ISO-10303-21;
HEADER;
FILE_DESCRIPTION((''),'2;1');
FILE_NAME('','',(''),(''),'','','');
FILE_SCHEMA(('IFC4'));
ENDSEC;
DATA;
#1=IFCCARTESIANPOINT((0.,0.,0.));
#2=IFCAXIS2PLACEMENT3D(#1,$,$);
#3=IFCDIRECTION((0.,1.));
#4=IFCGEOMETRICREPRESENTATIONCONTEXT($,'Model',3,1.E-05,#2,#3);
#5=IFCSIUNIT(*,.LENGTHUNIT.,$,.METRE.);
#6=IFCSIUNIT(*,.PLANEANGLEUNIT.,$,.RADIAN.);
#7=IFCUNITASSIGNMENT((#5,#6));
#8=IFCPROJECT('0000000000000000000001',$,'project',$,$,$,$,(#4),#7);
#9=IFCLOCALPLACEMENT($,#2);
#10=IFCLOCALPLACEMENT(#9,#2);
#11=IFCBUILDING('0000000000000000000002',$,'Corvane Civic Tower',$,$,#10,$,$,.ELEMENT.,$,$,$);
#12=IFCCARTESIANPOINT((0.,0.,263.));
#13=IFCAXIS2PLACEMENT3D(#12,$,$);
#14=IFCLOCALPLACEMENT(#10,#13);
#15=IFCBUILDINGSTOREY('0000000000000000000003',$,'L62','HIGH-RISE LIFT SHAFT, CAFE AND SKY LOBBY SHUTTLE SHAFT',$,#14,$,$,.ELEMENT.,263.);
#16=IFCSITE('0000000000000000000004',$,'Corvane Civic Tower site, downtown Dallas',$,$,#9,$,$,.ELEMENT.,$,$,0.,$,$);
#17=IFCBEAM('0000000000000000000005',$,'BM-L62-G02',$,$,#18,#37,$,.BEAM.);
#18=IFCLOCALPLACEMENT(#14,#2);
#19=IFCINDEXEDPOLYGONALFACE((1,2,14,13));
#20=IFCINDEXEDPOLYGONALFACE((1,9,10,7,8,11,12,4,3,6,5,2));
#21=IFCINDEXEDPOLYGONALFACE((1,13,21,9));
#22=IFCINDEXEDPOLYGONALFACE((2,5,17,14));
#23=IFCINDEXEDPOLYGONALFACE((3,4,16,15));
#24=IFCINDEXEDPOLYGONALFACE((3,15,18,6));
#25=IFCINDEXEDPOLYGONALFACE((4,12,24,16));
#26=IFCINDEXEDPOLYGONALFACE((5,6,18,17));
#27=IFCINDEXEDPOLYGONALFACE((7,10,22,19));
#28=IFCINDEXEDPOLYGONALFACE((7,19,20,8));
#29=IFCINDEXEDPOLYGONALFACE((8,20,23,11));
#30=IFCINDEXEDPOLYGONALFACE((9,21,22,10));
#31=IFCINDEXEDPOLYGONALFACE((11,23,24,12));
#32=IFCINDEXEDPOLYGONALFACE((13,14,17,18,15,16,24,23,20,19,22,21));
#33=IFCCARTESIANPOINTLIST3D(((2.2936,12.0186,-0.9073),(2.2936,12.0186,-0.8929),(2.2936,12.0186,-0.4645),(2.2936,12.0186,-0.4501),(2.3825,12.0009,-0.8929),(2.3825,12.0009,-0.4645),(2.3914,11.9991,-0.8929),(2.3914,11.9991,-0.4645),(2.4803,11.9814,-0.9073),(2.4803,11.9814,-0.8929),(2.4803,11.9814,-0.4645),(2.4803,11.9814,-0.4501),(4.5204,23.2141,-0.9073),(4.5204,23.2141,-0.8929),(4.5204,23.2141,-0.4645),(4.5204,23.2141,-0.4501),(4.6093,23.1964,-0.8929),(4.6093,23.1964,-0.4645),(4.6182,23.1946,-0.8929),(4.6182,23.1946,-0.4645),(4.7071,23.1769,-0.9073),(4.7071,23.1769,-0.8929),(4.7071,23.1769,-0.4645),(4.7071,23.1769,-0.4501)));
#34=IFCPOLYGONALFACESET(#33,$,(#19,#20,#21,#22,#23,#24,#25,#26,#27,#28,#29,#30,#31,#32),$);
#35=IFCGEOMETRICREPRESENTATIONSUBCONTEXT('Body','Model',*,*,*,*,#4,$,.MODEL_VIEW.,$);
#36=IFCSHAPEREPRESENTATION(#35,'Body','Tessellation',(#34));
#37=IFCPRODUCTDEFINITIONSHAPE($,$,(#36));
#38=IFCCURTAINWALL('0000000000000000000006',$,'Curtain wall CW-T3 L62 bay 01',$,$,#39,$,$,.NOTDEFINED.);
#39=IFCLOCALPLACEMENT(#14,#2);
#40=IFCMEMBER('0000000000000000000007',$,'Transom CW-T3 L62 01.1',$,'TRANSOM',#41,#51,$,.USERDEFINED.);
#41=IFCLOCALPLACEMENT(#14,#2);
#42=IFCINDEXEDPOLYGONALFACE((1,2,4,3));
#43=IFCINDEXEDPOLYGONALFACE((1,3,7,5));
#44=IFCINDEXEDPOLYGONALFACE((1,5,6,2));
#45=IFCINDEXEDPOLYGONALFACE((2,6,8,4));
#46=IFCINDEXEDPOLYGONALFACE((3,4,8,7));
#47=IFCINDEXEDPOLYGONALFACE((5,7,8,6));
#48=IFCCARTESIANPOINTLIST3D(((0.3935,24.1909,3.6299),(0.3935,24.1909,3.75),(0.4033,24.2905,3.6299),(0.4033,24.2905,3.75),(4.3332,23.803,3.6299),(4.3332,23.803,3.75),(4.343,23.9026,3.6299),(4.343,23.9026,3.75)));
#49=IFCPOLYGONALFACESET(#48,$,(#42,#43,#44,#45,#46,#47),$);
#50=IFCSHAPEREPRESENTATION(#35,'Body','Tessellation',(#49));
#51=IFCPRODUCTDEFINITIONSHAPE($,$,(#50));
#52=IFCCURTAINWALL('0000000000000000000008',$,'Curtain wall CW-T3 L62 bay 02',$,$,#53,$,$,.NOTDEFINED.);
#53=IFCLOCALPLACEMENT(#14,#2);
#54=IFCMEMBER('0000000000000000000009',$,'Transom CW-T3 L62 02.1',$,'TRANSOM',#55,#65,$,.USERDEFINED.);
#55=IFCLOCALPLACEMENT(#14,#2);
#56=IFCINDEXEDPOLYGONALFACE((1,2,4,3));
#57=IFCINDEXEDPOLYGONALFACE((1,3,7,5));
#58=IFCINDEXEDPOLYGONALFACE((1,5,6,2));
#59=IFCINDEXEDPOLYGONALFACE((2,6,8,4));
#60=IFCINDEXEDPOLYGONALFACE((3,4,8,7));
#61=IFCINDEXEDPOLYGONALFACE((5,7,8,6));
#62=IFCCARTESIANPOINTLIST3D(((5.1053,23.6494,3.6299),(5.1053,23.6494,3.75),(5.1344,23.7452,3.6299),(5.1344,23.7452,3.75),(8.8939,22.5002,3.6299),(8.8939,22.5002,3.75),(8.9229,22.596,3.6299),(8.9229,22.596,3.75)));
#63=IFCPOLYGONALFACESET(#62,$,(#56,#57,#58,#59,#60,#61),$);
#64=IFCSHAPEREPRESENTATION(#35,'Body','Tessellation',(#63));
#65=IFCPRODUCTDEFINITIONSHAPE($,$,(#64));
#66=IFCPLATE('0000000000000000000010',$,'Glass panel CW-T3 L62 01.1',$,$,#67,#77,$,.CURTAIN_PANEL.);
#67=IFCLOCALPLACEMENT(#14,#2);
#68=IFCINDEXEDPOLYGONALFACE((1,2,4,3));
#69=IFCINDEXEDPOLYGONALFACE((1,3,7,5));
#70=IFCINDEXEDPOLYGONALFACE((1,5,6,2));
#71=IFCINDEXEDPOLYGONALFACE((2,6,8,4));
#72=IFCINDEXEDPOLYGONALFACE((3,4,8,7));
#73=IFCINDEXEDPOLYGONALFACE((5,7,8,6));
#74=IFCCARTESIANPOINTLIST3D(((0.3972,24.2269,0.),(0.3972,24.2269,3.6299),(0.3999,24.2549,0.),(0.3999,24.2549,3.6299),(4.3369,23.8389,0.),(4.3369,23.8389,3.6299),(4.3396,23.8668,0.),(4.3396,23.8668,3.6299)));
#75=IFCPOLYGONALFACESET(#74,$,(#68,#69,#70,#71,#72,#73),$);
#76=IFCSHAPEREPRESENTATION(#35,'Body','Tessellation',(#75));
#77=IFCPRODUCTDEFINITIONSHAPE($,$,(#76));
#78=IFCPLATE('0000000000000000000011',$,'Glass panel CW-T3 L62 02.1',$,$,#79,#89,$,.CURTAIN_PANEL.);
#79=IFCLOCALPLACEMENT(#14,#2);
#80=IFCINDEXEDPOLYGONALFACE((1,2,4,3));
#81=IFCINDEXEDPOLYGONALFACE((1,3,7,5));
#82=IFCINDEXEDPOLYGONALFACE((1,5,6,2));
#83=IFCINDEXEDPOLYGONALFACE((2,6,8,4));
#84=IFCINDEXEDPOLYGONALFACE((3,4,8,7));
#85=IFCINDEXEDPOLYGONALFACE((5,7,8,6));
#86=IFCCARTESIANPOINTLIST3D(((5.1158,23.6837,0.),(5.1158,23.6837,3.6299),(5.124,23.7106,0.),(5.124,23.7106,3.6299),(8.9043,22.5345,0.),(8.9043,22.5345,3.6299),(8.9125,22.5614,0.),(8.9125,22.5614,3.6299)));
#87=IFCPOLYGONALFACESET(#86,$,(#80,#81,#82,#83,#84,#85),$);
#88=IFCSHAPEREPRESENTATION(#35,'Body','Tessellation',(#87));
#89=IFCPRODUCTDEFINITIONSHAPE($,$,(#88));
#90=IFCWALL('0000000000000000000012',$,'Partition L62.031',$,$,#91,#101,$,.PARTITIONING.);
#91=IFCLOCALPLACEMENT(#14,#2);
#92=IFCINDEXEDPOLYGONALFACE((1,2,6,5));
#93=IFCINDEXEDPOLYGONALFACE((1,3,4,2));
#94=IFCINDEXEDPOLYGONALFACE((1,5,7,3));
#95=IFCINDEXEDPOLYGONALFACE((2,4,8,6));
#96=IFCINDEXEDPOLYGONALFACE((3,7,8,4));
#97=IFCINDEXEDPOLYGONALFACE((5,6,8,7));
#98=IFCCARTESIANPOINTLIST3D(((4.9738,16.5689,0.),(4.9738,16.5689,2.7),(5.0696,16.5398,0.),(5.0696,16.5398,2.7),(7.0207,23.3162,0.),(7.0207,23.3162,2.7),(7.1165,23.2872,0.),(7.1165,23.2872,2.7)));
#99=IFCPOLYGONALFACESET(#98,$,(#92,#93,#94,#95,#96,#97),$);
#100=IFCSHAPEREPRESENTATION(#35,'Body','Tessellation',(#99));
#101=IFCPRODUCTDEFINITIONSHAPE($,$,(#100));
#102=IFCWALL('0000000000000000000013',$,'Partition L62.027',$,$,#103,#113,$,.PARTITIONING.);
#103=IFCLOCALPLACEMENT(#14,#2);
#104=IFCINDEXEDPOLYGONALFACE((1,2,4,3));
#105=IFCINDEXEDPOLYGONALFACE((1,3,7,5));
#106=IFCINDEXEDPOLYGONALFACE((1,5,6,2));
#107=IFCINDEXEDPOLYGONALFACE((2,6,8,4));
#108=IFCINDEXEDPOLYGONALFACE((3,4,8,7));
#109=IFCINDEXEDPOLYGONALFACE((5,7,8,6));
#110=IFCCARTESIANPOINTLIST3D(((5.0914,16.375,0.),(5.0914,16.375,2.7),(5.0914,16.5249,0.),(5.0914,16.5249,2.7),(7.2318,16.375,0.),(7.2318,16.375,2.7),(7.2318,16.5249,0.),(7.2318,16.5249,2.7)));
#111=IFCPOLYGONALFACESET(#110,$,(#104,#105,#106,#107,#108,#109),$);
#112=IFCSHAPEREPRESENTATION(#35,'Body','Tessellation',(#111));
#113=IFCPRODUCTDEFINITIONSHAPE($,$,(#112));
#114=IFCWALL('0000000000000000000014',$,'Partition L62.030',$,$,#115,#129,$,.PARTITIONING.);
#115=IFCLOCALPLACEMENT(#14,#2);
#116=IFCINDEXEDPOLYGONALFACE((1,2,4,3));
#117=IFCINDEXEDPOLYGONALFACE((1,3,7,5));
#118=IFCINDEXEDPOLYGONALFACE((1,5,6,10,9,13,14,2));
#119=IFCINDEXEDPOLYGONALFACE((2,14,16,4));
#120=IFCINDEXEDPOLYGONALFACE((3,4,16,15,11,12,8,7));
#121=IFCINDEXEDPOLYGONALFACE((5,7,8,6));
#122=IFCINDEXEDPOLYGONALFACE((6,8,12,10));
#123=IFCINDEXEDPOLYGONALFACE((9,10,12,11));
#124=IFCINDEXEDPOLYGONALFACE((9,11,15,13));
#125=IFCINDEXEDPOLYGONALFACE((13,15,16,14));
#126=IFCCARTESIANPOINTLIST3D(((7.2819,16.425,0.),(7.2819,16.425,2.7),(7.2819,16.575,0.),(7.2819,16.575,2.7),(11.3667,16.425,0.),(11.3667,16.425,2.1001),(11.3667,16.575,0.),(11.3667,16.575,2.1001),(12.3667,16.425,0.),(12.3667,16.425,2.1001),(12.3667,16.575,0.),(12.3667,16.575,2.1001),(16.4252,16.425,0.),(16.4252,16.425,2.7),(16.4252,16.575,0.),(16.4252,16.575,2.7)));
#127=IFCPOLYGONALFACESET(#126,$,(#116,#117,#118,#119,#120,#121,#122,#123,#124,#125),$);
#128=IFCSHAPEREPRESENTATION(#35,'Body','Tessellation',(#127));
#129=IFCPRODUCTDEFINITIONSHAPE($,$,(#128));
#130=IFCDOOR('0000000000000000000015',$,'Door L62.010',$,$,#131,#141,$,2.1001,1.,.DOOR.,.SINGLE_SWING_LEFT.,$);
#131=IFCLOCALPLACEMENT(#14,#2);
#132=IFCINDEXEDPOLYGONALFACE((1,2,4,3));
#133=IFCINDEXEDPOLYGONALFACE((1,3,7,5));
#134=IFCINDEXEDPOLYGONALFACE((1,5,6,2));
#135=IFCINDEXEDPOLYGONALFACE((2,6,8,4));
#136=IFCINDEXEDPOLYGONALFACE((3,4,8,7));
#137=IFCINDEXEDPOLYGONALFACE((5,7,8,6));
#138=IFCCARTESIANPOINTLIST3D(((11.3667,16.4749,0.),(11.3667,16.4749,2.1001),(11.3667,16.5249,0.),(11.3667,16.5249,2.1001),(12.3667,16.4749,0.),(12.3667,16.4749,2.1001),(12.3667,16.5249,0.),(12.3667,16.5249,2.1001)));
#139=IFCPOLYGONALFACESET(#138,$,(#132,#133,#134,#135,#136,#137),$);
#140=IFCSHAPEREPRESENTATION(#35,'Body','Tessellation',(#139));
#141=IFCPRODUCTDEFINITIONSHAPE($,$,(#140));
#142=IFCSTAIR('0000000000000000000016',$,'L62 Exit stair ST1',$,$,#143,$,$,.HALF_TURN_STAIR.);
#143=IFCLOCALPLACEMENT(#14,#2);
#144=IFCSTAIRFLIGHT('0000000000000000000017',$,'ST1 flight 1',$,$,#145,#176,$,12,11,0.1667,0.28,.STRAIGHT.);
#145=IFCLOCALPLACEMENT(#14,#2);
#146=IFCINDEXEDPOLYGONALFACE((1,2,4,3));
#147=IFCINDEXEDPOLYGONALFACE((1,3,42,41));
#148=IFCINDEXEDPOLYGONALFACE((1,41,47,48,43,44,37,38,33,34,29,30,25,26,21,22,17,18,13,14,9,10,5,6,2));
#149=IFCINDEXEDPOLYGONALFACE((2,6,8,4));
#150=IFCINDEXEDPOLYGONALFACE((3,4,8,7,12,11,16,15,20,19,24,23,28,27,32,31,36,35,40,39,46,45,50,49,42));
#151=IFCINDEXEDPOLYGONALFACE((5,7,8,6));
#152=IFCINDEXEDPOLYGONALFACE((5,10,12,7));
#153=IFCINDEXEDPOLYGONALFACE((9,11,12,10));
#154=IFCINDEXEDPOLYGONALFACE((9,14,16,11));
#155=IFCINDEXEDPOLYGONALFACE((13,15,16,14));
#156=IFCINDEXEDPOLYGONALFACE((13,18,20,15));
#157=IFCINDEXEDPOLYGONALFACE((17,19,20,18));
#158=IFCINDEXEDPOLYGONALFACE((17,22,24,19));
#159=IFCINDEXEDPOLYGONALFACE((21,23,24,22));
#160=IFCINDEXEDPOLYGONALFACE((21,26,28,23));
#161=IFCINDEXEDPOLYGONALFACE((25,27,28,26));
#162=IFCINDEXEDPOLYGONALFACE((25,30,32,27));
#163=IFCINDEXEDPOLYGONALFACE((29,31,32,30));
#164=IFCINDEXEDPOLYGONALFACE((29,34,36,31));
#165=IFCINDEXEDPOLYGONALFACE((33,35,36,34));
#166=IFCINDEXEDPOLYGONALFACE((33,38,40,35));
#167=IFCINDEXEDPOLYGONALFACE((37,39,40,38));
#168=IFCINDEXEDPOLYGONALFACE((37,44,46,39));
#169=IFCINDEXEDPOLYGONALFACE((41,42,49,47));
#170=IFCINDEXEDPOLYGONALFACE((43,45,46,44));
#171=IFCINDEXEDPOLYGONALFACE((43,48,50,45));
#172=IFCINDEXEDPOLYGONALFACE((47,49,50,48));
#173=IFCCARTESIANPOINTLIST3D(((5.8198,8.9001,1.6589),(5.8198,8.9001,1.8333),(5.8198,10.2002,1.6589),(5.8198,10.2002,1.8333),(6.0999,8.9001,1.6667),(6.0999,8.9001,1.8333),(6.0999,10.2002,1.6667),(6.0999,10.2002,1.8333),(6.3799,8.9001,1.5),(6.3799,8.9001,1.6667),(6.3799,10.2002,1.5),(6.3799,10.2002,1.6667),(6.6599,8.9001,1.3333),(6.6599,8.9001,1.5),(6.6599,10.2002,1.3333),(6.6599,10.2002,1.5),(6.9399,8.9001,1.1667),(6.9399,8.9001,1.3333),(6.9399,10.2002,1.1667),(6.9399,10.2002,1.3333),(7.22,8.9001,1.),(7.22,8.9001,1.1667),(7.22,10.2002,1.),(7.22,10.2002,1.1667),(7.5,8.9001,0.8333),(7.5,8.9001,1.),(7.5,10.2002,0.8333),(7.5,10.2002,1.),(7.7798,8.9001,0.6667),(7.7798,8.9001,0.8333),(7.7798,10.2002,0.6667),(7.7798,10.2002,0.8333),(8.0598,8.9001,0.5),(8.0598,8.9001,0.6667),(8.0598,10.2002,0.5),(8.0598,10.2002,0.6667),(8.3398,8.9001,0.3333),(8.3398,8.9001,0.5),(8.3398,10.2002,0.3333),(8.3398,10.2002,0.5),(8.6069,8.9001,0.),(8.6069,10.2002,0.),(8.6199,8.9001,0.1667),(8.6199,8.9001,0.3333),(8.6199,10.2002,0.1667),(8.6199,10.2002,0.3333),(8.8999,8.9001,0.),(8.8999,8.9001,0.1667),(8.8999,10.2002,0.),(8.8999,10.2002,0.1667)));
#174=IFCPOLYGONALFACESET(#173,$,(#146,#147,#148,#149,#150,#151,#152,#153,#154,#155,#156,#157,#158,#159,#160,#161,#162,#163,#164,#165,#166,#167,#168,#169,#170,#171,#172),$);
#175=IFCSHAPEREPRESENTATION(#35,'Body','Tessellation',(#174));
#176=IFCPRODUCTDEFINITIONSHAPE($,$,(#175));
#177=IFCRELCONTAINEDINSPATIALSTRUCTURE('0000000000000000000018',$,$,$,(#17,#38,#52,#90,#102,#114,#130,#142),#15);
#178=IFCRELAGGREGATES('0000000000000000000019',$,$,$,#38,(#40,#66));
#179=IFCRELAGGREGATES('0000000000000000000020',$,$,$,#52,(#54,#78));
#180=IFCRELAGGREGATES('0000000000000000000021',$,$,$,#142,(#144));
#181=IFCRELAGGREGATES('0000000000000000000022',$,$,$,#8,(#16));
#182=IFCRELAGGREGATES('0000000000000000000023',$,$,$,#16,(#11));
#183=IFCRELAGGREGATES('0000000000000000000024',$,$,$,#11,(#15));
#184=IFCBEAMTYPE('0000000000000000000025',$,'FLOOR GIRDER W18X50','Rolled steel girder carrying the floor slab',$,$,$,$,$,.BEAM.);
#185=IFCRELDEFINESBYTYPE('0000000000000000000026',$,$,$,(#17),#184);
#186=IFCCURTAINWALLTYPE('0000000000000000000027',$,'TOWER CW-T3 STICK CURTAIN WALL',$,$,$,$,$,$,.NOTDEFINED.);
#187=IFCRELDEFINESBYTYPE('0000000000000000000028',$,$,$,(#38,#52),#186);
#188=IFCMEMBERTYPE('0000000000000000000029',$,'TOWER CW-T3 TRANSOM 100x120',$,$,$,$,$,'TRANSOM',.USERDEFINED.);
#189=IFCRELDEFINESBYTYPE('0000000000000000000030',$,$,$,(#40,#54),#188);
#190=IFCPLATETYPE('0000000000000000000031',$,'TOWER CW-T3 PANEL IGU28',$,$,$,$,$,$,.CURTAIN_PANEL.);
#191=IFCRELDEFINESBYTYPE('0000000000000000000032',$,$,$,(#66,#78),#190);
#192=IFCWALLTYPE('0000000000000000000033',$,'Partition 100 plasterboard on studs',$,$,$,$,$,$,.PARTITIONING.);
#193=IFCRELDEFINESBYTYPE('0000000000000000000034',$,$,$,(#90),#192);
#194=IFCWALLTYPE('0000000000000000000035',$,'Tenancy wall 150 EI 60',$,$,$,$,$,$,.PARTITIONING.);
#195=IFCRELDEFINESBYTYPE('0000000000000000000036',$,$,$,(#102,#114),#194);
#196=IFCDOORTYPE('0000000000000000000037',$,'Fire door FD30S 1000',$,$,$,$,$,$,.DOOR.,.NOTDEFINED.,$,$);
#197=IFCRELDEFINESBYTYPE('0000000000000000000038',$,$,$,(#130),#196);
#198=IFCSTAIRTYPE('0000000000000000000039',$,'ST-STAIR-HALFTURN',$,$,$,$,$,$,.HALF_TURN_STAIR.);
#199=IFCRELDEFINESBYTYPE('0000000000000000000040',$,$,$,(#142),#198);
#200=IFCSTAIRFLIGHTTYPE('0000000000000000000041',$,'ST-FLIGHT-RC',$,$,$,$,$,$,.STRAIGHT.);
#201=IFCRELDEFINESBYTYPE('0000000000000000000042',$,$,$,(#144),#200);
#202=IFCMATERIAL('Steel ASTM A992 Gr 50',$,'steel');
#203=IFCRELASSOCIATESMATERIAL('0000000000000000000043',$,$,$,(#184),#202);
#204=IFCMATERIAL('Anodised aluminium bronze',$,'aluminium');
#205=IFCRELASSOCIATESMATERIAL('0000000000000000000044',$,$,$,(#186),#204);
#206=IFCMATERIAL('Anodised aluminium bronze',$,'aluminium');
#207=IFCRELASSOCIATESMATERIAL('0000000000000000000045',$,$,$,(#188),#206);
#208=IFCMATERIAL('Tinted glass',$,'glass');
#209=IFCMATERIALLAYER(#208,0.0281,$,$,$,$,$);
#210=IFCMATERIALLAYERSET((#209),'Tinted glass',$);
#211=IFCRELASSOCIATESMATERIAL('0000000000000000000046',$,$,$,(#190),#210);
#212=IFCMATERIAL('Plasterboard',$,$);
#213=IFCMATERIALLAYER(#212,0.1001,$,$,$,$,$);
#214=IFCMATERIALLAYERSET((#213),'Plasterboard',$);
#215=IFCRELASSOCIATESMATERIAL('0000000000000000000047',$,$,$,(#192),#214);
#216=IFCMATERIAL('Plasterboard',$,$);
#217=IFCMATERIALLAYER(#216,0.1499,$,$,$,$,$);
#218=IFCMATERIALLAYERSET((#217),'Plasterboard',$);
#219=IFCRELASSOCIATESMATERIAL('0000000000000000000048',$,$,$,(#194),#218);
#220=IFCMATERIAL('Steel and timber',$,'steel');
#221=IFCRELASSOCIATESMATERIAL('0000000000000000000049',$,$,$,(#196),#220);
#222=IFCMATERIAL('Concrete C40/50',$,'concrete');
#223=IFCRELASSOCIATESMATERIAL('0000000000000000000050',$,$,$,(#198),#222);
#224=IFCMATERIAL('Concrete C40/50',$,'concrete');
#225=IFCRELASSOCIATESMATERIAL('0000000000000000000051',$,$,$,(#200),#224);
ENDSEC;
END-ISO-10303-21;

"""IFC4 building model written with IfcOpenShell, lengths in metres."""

from ifc_helpers import new_model, si_unit, direction, frame, frame_2d, origin, origin_2d, place, context, subcontext, project, spatial, polyline, rectangle, i_section, outline, extrude, material, layer, layer_set, material_profile, profile_set, type_object, element, fill, aggregate, save


model = new_model("IFC4")

# Units and contexts
model_context = context("Model", 3, precision=1e-05, world=origin(), true_north=direction((0.0, 1.0)))
body_context = subcontext(model_context, "Body", "Model", "MODEL_VIEW")
ifc_project = project(units=[si_unit("LENGTHUNIT", "METRE"), si_unit("PLANEANGLEUNIT", "RADIAN")], contexts=[model_context])

# Site, building, storey
site_placement = place(None, origin())
site = spatial("IfcSite", under=ifc_project, at=site_placement, Name="Corvane Civic Tower site, downtown Dallas", CompositionType="ELEMENT", RefElevation=0.0)
building_placement = place(site_placement, origin())
building = spatial("IfcBuilding", under=site, at=building_placement, Name="Corvane Civic Tower", CompositionType="ELEMENT")
storey_placement = place(building_placement, frame((0.0, 0.0, 263.0)))
storey = spatial("IfcBuildingStorey", under=building, at=storey_placement, Name="L62", Description="HIGH-RISE LIFT SHAFT, CAFE AND SKY LOBBY SHUTTLE SHAFT", CompositionType="ELEMENT", Elevation=263.0)

# Beam
ifc_material_1 = material(Name="Steel ASTM A992 Gr 50", Category="steel")
ifc_material_profile_1 = material_profile(ifc_material_1, i_section(OverallWidth=0.1904, OverallDepth=0.4573, WebThickness=0.009, FlangeThickness=0.0144, at=origin_2d()), Name="W18X50")
ifc_profile_set_1 = profile_set([ifc_material_profile_1], Name="Steel ASTM A992 Gr 50")
beam_type_1 = type_object("IfcBeamType", Name="FLOOR GIRDER W18X50", Description="Rolled steel girder carrying the floor slab", PredefinedType="BEAM", material=ifc_profile_set_1)
beam_1_placement = place(storey_placement, frame((2.387, 12.0, -0.6787), z_axis=(0.19508, 0.980787, 0.0), x_axis=(-0.980787, 0.19508, 0.0)))
element("IfcBeam", 1, at=beam_1_placement, inside=storey, type_object=beam_type_1, Name="BM-L62-G02", PredefinedType="BEAM", context=body_context, shape_type="SweptSolid", body=[
    extrude(i_section(OverallWidth=0.1904, OverallDepth=0.4573, WebThickness=0.009, FlangeThickness=0.0144, at=origin_2d()), origin(), (0.0, 0.0, 1.0), 11.4148),
])

# Curtain walls, members
ifc_material_2 = material(Name="Anodised aluminium bronze", Category="aluminium")
curtain_wall_type = type_object("IfcCurtainWallType", Name="TOWER CW-T3 STICK CURTAIN WALL", PredefinedType="NOTDEFINED", material=ifc_material_2)
curtain_wall_1_placement = place(storey_placement, origin())
curtain_wall_1 = element("IfcCurtainWall", 2, at=curtain_wall_1_placement, inside=storey, type_object=curtain_wall_type, Name="Curtain wall CW-T3 L62 bay 01", PredefinedType="NOTDEFINED")
ifc_material_3 = material(Name="Anodised aluminium bronze", Category="aluminium")
ifc_material_profile_2 = material_profile(ifc_material_3, rectangle(XDim=0.1001, YDim=0.1201, at=origin_2d()), Name="TOWER CW-T3 TRANSOM 100x120")
ifc_profile_set_2 = profile_set([ifc_material_profile_2], Name="Anodised aluminium bronze")
member_type = type_object("IfcMemberType", Name="TOWER CW-T3 TRANSOM 100x120", ElementType="TRANSOM", PredefinedType="USERDEFINED", material=ifc_profile_set_2)
member_1_placement = place(storey_placement, frame((0.3984, 24.2407, 3.6899), z_axis=(0.995187, -0.097995, 0.0), x_axis=(0.097995, 0.995187, 0.0)))
member_1 = element("IfcMember", 3, at=member_1_placement, type_object=member_type, Name="Transom CW-T3 L62 01.1", ObjectType="TRANSOM", PredefinedType="USERDEFINED", context=body_context, shape_type="SweptSolid", body=[
    extrude(rectangle(XDim=0.1001, YDim=0.1201, at=origin_2d()), origin(), (0.0, 0.0, 1.0), 3.9587),
])
curtain_wall_2_placement = place(storey_placement, origin())
curtain_wall_2 = element("IfcCurtainWall", 4, at=curtain_wall_2_placement, inside=storey, type_object=curtain_wall_type, Name="Curtain wall CW-T3 L62 bay 02", PredefinedType="NOTDEFINED")
member_2_placement = place(storey_placement, frame((5.1199, 23.6973, 3.6899), z_axis=(0.956946, -0.290266, 0.0), x_axis=(0.290266, 0.956946, 0.0)))
member_2 = element("IfcMember", 5, at=member_2_placement, type_object=member_type, Name="Transom CW-T3 L62 02.1", ObjectType="TRANSOM", PredefinedType="USERDEFINED", context=body_context, shape_type="SweptSolid", body=[
    extrude(rectangle(XDim=0.1001, YDim=0.1201, at=origin_2d()), origin(), (0.0, 0.0, 1.0), 3.959),
])

# Plates
ifc_material_4 = material(Name="Tinted glass", Category="glass")
ifc_layer_1 = layer(ifc_material_4, 0.0281)
ifc_layer_set_1 = layer_set([ifc_layer_1], Name="Tinted glass")
plate_type = type_object("IfcPlateType", Name="TOWER CW-T3 PANEL IGU28", PredefinedType="CURTAIN_PANEL", material=ifc_layer_set_1)
plate_1_placement = place(storey_placement, frame((2.3684, 24.0469, 0.0), z_axis=(0.0, 0.0, 1.0), x_axis=(0.995184, -0.098021, 0.0)))
plate_1 = element("IfcPlate", 6, at=plate_1_placement, type_object=plate_type, Name="Glass panel CW-T3 L62 01.1", PredefinedType="CURTAIN_PANEL", context=body_context, shape_type="SweptSolid", body=[
    extrude(rectangle(XDim=3.9587, YDim=0.0281, at=origin_2d()), origin(), (0.0, 0.0, 1.0), 3.6299),
])
aggregate(curtain_wall_1, [member_1, plate_1])
plate_2_placement = place(storey_placement, frame((7.0142, 23.1226, 0.0), z_axis=(0.0, 0.0, 1.0), x_axis=(0.956944, -0.290274, 0.0)))
plate_2 = element("IfcPlate", 7, at=plate_2_placement, type_object=plate_type, Name="Glass panel CW-T3 L62 02.1", PredefinedType="CURTAIN_PANEL", context=body_context, shape_type="SweptSolid", body=[
    extrude(rectangle(XDim=3.959, YDim=0.0281, at=origin_2d()), origin(), (0.0, 0.0, 1.0), 3.6299),
])
aggregate(curtain_wall_2, [member_2, plate_2])

# Walls
ifc_material_5 = material(Name="Plasterboard")
ifc_layer_2 = layer(ifc_material_5, 0.1001)
ifc_layer_set_2 = layer_set([ifc_layer_2], Name="Plasterboard")
wall_type_1 = type_object("IfcWallType", Name="Partition 100 plasterboard on studs", PredefinedType="PARTITIONING", material=ifc_layer_set_2)
wall_1_placement = place(storey_placement, frame((5.0217, 16.5544, 0.0), z_axis=(0.0, 0.0, 1.0), x_axis=(0.290298, 0.956936, 0.0)))
element("IfcWall", 8, at=wall_1_placement, inside=storey, type_object=wall_type_1, Name="Partition L62.031", PredefinedType="PARTITIONING", context=body_context, shape_type="SweptSolid", body=[
    extrude(rectangle(XDim=7.051, YDim=0.1001, at=frame_2d((3.5254, 0.0))), origin(), (0.0, 0.0, 1.0), 2.7),
])
ifc_material_6 = material(Name="Plasterboard")
ifc_layer_3 = layer(ifc_material_6, 0.1499)
ifc_layer_set_3 = layer_set([ifc_layer_3], Name="Plasterboard")
wall_type_2 = type_object("IfcWallType", Name="Tenancy wall 150 EI 60", PredefinedType="PARTITIONING", material=ifc_layer_set_3)
wall_2_placement = place(storey_placement, frame((5.0913, 16.45, 0.0), z_axis=(0.0, 0.0, 1.0), x_axis=(1.0, 0.0, 0.0)))
element("IfcWall", 9, at=wall_2_placement, inside=storey, type_object=wall_type_2, Name="Partition L62.027", PredefinedType="PARTITIONING", context=body_context, shape_type="SweptSolid", body=[
    extrude(rectangle(XDim=2.1404, YDim=0.1499, at=frame_2d((1.0703, 0.0))), origin(), (0.0, 0.0, 1.0), 2.7),
])

# Wall, opening, door
wall_3_placement = place(storey_placement, frame((7.2817, 16.5, 0.0), z_axis=(0.0, 0.0, 1.0), x_axis=(1.0, 0.0, 0.0)))
wall_3 = element("IfcWall", 10, at=wall_3_placement, inside=storey, type_object=wall_type_2, Name="Partition L62.030", PredefinedType="PARTITIONING", context=body_context, shape_type="SweptSolid", body=[
    extrude(rectangle(XDim=9.1433, YDim=0.1499, at=frame_2d((4.5718, 0.0))), origin(), (0.0, 0.0, 1.0), 2.7),
])
opening_placement = place(wall_3_placement, frame((4.085, 0.0, 0.0)))
opening = element("IfcOpeningElement", 11, at=opening_placement, cuts=wall_3, PredefinedType="OPENING", context=body_context, shape_type="SweptSolid", body=[
    extrude(rectangle(XDim=1.0, YDim=2.1001, at=frame_2d((0.5, 1.05))), frame((0.0, 0.085, 0.0), z_axis=(0.0, -1.0, 0.0), x_axis=(1.0, 0.0, 0.0)), (0.0, 0.0, 1.0), 0.1699),
])
ifc_material_7 = material(Name="Steel and timber", Category="steel")
door_type = type_object("IfcDoorType", Name="Fire door FD30S 1000", OperationType="NOTDEFINED", PredefinedType="DOOR", material=ifc_material_7)
door_placement = place(opening_placement, origin())
door = element("IfcDoor", 12, at=door_placement, inside=storey, type_object=door_type, Name="Door L62.010", OperationType="SINGLE_SWING_LEFT", OverallHeight=2.1001, OverallWidth=1.0, PredefinedType="DOOR", context=body_context, shape_type="SweptSolid", body=[
    extrude(rectangle(XDim=1.0, YDim=2.1001, at=frame_2d((0.5, 1.05))), frame((0.0, 0.0249, 0.0), z_axis=(0.0, -1.0, 0.0), x_axis=(1.0, 0.0, 0.0)), (0.0, 0.0, 1.0), 0.05),
])
fill(opening, door)

# Stair, stair flight
ifc_material_8 = material(Name="Concrete C40/50", Category="concrete")
stair_type = type_object("IfcStairType", Name="ST-STAIR-HALFTURN", PredefinedType="HALF_TURN_STAIR", material=ifc_material_8)
stair_placement = place(storey_placement, origin())
stair = element("IfcStair", 13, at=stair_placement, inside=storey, type_object=stair_type, Name="L62 Exit stair ST1", PredefinedType="HALF_TURN_STAIR")
ifc_material_9 = material(Name="Concrete C40/50", Category="concrete")
stair_flight_type = type_object("IfcStairFlightType", Name="ST-FLIGHT-RC", PredefinedType="STRAIGHT", material=ifc_material_9)
stair_flight_1_placement = place(storey_placement, frame((8.8999, 9.55, 0.0), z_axis=(0.0, 0.0, 1.0), x_axis=(-1.0, 0.0, 0.0)))
stair_flight_1 = element("IfcStairFlight", 14, at=stair_flight_1_placement, type_object=stair_flight_type, Name="ST1 flight 1", NumberOfRisers=12, NumberOfTreads=11, PredefinedType="STRAIGHT", RiserHeight=0.1667, TreadLength=0.28, context=body_context, shape_type="SweptSolid", body=[
    extrude(outline(polyline([(0.0, 0.0), (0.0, 0.1667), (0.28, 0.1667), (0.28, 0.3333), (0.5601, 0.3333), (0.5601, 0.5), (0.8401, 0.5), (0.8401, 0.6667), (1.1201, 0.6667), (1.1201, 0.8333), (1.3999, 0.8333), (1.3999, 1.0), (1.6799, 1.0), (1.6799, 1.1667), (1.96, 1.1667), (1.96, 1.3333), (2.24, 1.3333), (2.24, 1.5), (2.52, 1.5), (2.52, 1.6667), (2.8, 1.6667), (2.8, 1.8333), (3.0801, 1.8333), (3.0801, 2.0), (3.0801, 1.6589), (0.293, 0.0), (0.0, 0.0)])), frame((0.0, 0.6499, 0.0), z_axis=(0.0, -1.0, 0.0), x_axis=(1.0, 0.0, 0.0)), (0.0, 0.0, 1.0), 1.3),
])
aggregate(stair, [stair_flight_1])

save(model, "model.ifc")
